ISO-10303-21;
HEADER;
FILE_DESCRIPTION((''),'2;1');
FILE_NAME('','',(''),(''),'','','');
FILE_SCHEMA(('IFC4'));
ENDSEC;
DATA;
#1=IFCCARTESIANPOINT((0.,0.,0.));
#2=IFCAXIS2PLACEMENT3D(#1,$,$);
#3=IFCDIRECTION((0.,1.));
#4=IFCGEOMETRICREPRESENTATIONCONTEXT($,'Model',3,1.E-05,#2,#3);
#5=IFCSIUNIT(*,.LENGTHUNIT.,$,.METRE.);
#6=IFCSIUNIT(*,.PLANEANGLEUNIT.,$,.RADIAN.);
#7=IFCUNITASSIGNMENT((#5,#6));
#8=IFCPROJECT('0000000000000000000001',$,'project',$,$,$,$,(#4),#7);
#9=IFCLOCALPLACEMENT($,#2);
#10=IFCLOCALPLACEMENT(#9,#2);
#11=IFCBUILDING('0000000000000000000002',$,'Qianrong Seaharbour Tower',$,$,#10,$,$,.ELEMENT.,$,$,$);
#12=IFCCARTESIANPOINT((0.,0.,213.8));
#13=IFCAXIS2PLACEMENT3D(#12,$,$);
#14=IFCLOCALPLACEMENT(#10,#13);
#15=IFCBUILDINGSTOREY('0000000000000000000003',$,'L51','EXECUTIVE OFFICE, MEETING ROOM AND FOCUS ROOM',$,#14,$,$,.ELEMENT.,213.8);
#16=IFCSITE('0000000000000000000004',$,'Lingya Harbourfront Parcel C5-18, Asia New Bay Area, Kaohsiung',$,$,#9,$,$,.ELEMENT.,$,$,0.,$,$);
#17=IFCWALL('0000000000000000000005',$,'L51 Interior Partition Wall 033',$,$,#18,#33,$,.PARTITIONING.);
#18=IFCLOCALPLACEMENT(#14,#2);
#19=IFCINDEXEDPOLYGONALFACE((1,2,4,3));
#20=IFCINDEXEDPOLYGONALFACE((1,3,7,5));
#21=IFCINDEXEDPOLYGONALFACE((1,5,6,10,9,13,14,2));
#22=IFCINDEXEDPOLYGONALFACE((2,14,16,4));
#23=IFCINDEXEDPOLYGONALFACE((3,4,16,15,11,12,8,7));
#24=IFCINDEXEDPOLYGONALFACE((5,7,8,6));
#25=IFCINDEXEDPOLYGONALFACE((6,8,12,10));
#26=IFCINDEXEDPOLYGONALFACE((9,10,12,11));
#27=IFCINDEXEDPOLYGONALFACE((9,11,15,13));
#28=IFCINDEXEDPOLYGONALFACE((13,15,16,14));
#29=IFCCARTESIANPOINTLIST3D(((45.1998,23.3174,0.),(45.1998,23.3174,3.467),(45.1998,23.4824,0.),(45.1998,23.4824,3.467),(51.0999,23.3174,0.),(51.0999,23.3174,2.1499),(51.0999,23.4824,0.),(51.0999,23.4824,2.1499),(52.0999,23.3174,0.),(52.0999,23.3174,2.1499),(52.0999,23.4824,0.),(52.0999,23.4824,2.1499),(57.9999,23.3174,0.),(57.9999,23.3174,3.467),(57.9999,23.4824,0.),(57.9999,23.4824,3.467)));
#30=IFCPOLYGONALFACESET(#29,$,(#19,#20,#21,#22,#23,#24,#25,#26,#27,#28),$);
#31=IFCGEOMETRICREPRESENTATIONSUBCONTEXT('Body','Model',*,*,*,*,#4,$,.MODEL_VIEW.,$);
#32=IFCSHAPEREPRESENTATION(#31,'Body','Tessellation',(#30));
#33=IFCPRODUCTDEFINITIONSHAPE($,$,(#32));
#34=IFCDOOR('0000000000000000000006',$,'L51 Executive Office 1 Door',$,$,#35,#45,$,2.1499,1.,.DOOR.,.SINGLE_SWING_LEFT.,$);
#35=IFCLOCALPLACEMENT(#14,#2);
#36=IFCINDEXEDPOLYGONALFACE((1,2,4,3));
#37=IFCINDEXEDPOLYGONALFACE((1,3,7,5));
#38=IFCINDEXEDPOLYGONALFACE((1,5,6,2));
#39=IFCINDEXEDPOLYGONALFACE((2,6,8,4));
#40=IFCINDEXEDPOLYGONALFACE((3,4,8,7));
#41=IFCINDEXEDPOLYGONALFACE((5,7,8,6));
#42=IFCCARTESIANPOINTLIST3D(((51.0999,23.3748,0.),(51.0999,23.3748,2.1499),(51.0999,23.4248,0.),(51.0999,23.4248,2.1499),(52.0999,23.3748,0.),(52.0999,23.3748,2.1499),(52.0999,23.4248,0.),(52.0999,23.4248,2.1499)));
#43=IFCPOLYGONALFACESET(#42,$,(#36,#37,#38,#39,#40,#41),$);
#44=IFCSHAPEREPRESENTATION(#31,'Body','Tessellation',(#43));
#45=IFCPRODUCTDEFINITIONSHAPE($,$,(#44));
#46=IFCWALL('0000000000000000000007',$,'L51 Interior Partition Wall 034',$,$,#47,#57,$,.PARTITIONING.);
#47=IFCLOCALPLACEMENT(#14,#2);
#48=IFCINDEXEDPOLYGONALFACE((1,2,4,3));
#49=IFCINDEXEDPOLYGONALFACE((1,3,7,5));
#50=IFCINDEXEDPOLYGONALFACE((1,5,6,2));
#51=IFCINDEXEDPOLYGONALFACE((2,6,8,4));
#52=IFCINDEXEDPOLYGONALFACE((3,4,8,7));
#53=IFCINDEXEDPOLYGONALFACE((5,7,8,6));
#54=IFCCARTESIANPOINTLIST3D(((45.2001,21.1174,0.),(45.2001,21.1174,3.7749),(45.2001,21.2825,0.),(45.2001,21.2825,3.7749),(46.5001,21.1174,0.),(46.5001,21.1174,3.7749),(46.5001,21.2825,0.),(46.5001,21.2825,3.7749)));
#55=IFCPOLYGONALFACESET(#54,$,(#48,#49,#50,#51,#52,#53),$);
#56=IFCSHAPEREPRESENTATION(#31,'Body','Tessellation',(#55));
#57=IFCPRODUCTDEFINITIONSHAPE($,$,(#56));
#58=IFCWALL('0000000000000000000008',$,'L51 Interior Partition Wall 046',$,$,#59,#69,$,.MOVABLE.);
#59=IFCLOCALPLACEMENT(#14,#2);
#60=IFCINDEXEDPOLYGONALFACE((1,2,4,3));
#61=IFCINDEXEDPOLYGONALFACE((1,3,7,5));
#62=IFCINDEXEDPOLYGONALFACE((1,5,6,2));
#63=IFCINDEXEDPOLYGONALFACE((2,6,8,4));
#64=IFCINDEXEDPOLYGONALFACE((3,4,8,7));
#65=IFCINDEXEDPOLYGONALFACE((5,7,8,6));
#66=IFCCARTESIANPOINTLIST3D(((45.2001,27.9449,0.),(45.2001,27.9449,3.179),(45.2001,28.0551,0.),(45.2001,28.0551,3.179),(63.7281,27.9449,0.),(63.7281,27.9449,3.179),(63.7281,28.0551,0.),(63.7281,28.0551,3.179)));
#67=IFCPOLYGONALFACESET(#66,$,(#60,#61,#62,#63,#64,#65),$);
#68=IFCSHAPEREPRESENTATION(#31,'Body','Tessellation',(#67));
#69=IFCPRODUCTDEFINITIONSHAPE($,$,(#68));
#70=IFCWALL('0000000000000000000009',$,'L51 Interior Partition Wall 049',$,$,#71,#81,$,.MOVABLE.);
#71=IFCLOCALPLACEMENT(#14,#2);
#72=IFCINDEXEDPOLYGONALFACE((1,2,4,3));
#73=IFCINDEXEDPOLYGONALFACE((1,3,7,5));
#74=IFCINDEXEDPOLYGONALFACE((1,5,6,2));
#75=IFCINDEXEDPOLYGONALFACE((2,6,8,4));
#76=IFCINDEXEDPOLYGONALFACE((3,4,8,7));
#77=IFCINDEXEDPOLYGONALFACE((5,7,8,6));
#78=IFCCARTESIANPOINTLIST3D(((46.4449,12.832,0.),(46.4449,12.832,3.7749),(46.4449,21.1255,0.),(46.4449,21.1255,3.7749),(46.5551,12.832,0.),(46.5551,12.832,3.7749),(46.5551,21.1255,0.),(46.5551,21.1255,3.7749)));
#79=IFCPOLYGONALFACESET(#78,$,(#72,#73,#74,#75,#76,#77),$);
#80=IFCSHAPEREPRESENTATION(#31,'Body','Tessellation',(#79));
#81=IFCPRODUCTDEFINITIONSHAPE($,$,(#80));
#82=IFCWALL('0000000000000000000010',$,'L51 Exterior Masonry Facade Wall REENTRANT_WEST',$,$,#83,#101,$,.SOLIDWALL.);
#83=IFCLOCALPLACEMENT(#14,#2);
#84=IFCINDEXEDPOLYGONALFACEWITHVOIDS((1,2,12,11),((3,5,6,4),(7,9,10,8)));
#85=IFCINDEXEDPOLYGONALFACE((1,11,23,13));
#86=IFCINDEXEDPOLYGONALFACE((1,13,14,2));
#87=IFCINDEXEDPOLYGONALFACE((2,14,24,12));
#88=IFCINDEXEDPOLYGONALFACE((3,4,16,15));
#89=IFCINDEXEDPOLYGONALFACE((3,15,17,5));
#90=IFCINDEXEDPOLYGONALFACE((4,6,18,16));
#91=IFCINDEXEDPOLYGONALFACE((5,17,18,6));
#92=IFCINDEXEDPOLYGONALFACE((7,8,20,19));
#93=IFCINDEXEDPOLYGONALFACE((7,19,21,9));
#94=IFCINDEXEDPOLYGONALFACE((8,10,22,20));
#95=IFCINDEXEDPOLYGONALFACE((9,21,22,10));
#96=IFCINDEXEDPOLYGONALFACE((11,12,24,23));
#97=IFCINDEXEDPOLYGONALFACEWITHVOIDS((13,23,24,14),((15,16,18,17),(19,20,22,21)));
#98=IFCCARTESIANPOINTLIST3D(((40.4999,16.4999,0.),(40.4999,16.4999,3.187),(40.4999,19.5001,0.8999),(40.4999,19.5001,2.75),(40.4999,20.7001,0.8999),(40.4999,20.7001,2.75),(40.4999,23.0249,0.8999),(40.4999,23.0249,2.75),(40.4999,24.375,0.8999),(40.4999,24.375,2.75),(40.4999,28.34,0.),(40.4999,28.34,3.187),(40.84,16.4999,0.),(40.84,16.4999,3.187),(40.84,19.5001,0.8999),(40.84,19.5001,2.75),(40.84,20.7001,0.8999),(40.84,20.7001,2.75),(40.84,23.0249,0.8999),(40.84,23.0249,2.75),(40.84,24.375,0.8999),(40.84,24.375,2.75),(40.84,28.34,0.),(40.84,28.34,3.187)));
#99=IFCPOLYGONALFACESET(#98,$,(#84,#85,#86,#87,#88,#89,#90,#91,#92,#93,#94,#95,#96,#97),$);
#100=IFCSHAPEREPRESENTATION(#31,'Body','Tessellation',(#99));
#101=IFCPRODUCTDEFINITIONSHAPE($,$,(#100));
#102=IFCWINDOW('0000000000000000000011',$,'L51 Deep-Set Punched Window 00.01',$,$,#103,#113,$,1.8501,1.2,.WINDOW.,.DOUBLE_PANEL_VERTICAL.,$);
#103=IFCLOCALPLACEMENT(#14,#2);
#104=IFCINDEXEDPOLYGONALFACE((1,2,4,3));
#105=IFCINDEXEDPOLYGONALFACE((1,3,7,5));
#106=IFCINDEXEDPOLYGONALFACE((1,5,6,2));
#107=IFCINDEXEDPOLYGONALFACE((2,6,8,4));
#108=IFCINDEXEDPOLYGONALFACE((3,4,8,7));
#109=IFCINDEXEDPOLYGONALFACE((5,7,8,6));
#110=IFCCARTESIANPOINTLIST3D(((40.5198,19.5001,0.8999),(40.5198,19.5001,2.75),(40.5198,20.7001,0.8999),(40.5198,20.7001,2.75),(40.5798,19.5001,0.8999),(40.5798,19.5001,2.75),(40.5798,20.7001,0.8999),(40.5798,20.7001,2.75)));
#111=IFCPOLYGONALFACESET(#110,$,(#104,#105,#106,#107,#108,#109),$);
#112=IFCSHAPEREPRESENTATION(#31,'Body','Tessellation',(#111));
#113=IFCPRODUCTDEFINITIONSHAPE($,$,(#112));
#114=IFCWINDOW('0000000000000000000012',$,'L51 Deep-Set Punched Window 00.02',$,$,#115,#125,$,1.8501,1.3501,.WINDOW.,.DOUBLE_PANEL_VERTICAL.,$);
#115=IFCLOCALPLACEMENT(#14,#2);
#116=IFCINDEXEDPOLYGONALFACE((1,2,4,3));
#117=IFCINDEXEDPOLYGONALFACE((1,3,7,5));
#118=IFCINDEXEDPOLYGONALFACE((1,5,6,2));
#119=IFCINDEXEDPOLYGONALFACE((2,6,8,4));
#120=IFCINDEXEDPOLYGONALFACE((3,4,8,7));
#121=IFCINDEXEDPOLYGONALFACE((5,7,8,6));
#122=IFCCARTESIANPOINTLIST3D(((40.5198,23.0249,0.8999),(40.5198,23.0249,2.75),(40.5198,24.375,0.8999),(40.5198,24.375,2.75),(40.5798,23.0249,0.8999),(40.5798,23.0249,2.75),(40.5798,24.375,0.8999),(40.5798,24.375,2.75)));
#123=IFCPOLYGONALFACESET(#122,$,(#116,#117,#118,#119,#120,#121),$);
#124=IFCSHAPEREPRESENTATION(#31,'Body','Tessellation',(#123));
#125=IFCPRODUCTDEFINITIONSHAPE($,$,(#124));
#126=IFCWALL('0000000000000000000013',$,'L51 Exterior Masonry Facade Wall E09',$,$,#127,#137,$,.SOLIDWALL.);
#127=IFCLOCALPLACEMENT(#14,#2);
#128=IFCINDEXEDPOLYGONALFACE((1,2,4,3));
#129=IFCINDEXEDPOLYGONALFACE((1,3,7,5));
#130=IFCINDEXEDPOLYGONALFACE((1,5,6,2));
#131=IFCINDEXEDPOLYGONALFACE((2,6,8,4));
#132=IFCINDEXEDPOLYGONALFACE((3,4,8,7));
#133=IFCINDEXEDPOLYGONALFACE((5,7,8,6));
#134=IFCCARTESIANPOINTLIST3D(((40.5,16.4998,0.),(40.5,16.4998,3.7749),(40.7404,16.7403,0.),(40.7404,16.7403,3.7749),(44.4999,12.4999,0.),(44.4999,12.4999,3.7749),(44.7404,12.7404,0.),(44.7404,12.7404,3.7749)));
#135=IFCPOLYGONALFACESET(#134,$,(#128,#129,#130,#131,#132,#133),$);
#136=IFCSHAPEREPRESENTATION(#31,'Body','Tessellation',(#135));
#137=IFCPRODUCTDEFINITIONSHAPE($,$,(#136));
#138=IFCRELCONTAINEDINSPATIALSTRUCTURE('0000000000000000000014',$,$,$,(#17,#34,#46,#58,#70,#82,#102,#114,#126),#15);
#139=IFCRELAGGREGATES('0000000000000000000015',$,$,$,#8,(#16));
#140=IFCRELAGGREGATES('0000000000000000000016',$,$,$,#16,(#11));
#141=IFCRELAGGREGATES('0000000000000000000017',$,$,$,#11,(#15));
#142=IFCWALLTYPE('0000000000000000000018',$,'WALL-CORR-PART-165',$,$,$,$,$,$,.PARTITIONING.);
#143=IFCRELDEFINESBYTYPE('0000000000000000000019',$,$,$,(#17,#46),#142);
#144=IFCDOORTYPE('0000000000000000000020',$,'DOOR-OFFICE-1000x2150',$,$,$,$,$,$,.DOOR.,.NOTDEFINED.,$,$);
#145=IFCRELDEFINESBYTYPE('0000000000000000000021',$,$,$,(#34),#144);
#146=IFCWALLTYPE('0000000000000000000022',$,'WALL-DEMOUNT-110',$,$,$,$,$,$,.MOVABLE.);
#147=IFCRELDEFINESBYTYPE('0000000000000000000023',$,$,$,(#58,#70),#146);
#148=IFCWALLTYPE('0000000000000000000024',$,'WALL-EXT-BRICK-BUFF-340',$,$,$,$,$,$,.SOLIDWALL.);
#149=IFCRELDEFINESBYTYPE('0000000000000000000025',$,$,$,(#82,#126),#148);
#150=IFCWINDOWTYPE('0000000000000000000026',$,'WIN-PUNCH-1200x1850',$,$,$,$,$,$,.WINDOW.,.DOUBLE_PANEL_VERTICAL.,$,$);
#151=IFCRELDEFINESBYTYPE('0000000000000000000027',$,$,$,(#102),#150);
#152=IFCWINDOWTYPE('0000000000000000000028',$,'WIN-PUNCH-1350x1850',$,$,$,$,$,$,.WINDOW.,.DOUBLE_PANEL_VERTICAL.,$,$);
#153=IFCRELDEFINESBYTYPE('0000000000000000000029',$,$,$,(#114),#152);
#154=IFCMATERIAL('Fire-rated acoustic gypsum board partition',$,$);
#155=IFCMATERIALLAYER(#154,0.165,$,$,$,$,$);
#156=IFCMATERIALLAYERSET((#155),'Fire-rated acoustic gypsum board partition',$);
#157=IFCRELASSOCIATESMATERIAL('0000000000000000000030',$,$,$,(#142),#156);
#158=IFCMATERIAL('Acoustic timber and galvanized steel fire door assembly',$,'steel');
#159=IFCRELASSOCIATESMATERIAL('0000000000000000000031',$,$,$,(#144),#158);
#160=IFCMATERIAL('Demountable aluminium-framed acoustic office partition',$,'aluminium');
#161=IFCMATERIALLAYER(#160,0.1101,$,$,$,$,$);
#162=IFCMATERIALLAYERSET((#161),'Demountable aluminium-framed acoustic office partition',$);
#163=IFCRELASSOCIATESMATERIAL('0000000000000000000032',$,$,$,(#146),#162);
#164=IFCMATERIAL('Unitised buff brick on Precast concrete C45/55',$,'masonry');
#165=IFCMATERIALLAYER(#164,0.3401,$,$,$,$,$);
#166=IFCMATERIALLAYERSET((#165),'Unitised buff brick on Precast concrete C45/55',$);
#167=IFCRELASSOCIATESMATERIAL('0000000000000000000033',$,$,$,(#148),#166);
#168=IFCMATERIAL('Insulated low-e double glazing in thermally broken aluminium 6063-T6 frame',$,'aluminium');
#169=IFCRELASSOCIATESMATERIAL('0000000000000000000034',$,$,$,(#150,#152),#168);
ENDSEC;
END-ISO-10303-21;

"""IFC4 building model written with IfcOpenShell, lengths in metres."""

from ifc_helpers import new_model, si_unit, direction, frame, frame_2d, origin, place, context, subcontext, project, spatial, rectangle, extrude, material, layer, layer_set, type_object, element, fill, save


model = new_model("IFC4")

# Units and contexts
model_context = context("Model", 3, precision=1e-05, world=origin(), true_north=direction((0.0, 1.0)))
body_context = subcontext(model_context, "Body", "Model", "MODEL_VIEW")
ifc_project = project(units=[si_unit("LENGTHUNIT", "METRE"), si_unit("PLANEANGLEUNIT", "RADIAN")], contexts=[model_context])

# Site, building, storey
site_placement = place(None, origin())
site = spatial("IfcSite", under=ifc_project, at=site_placement, Name="Lingya Harbourfront Parcel C5-18, Asia New Bay Area, Kaohsiung", CompositionType="ELEMENT", RefElevation=0.0)
building_placement = place(site_placement, origin())
building = spatial("IfcBuilding", under=site, at=building_placement, Name="Qianrong Seaharbour Tower", CompositionType="ELEMENT")
storey_placement = place(building_placement, frame((0.0, 0.0, 213.8)))
storey = spatial("IfcBuildingStorey", under=building, at=storey_placement, Name="L51", Description="EXECUTIVE OFFICE, MEETING ROOM AND FOCUS ROOM", CompositionType="ELEMENT", Elevation=213.8)

# Shared definitions
ifc_material_1 = material(Name="Fire-rated acoustic gypsum board partition")
ifc_layer_1 = layer(ifc_material_1, 0.165)
ifc_layer_set_1 = layer_set([ifc_layer_1], Name="Fire-rated acoustic gypsum board partition")
wall_type_1 = type_object("IfcWallType", Name="WALL-CORR-PART-165", PredefinedType="PARTITIONING", material=ifc_layer_set_1)

# Wall, opening, door
ifc_material_2 = material(Name="Acoustic timber and galvanized steel fire door assembly", Category="steel")
door_type = type_object("IfcDoorType", Name="DOOR-OFFICE-1000x2150", OperationType="NOTDEFINED", PredefinedType="DOOR", material=ifc_material_2)
wall_1_placement = place(storey_placement, frame((45.2, 23.3999, 0.0), z_axis=(0.0, 0.0, 1.0), x_axis=(1.0, 0.0, 0.0)))
wall_1 = element("IfcWall", 1, at=wall_1_placement, inside=storey, type_object=wall_type_1, Name="L51 Interior Partition Wall 033", PredefinedType="PARTITIONING", context=body_context, shape_type="SweptSolid", body=[
    extrude(rectangle(XDim=12.8, YDim=0.165, at=frame_2d((6.3999, 0.0))), origin(), (0.0, 0.0, 1.0), 3.467),
])
opening_1_placement = place(wall_1_placement, frame((5.8999, 0.0, 0.0)))
opening_1 = element("IfcOpeningElement", 2, at=opening_1_placement, cuts=wall_1, PredefinedType="OPENING", context=body_context, shape_type="SweptSolid", body=[
    extrude(rectangle(XDim=1.0, YDim=2.1499, at=frame_2d((0.5, 1.075))), frame((0.0, 0.0925, 0.0), z_axis=(0.0, -1.0, 0.0), x_axis=(1.0, 0.0, 0.0)), (0.0, 0.0, 1.0), 0.1851),
])
door_1_placement = place(opening_1_placement, origin())
door_1 = element("IfcDoor", 3, at=door_1_placement, inside=storey, type_object=door_type, Name="L51 Executive Office 1 Door", OperationType="SINGLE_SWING_LEFT", OverallHeight=2.1499, OverallWidth=1.0, PredefinedType="DOOR", context=body_context, shape_type="SweptSolid", body=[
    extrude(rectangle(XDim=1.0, YDim=2.1499, at=frame_2d((0.5, 1.075))), frame((0.0, 0.0249, 0.0), z_axis=(0.0, -1.0, 0.0), x_axis=(1.0, 0.0, 0.0)), (0.0, 0.0, 1.0), 0.05),
])
fill(opening_1, door_1)

# Walls
wall_2_placement = place(storey_placement, frame((46.5, 21.2, 0.0), z_axis=(0.0, 0.0, 1.0), x_axis=(-1.0, 0.0, 0.0)))
element("IfcWall", 4, at=wall_2_placement, inside=storey, type_object=wall_type_1, Name="L51 Interior Partition Wall 034", PredefinedType="PARTITIONING", context=body_context, shape_type="SweptSolid", body=[
    extrude(rectangle(XDim=1.3, YDim=0.165, at=frame_2d((0.6499, 0.0))), origin(), (0.0, 0.0, 1.0), 3.7749),
])
ifc_material_3 = material(Name="Demountable aluminium-framed acoustic office partition", Category="aluminium")
ifc_layer_2 = layer(ifc_material_3, 0.1101)
ifc_layer_set_2 = layer_set([ifc_layer_2], Name="Demountable aluminium-framed acoustic office partition")
wall_type_2 = type_object("IfcWallType", Name="WALL-DEMOUNT-110", PredefinedType="MOVABLE", material=ifc_layer_set_2)
wall_3_placement = place(storey_placement, frame((45.2, 28.0, 0.0), z_axis=(0.0, 0.0, 1.0), x_axis=(1.0, 0.0, 0.0)))
element("IfcWall", 5, at=wall_3_placement, inside=storey, type_object=wall_type_2, Name="L51 Interior Partition Wall 046", PredefinedType="MOVABLE", context=body_context, shape_type="SweptSolid", body=[
    extrude(rectangle(XDim=18.5281, YDim=0.1101, at=frame_2d((9.2642, 0.0))), origin(), (0.0, 0.0, 1.0), 3.179),
])
wall_4_placement = place(storey_placement, frame((46.5, 21.1255, 0.0), z_axis=(0.0, 0.0, 1.0), x_axis=(0.0, -1.0, 0.0)))
element("IfcWall", 6, at=wall_4_placement, inside=storey, type_object=wall_type_2, Name="L51 Interior Partition Wall 049", PredefinedType="MOVABLE", context=body_context, shape_type="SweptSolid", body=[
    extrude(rectangle(XDim=8.2935, YDim=0.1101, at=frame_2d((4.1467, 0.0))), origin(), (0.0, 0.0, 1.0), 3.7749),
])

# Wall, openings, windows
ifc_material_4 = material(Name="Unitised buff brick on Precast concrete C45/55", Category="masonry")
ifc_layer_3 = layer(ifc_material_4, 0.3401)
ifc_layer_set_3 = layer_set([ifc_layer_3], Name="Unitised buff brick on Precast concrete C45/55")
wall_type_3 = type_object("IfcWallType", Name="WALL-EXT-BRICK-BUFF-340", PredefinedType="SOLIDWALL", material=ifc_layer_set_3)
wall_5_placement = place(storey_placement, frame((40.6699, 16.5, 0.0), z_axis=(0.0, 0.0, 1.0), x_axis=(0.0, 1.0, 0.0)))
wall_5 = element("IfcWall", 7, at=wall_5_placement, inside=storey, type_object=wall_type_3, Name="L51 Exterior Masonry Facade Wall REENTRANT_WEST", PredefinedType="SOLIDWALL", context=body_context, shape_type="SweptSolid", body=[
    extrude(rectangle(XDim=11.8401, YDim=0.3401, at=frame_2d((5.9199, 0.0))), origin(), (0.0, 0.0, 1.0), 3.187),
])
opening_2_placement = place(wall_5_placement, frame((3.0, 0.0, 0.8999)))
opening_2 = element("IfcOpeningElement", 8, at=opening_2_placement, cuts=wall_5, PredefinedType="OPENING", context=body_context, shape_type="SweptSolid", body=[
    extrude(rectangle(XDim=1.2, YDim=1.8501, at=frame_2d((0.6001, 0.925))), frame((0.0, 0.1802, 0.0), z_axis=(0.0, -1.0, 0.0), x_axis=(1.0, 0.0, 0.0)), (0.0, 0.0, 1.0), 0.3601),
])
opening_3_placement = place(wall_5_placement, frame((6.5249, 0.0, 0.8999)))
opening_3 = element("IfcOpeningElement", 9, at=opening_3_placement, cuts=wall_5, PredefinedType="OPENING", context=body_context, shape_type="SweptSolid", body=[
    extrude(rectangle(XDim=1.3501, YDim=1.8501, at=frame_2d((0.675, 0.925))), frame((0.0, 0.1802, 0.0), z_axis=(0.0, -1.0, 0.0), x_axis=(1.0, 0.0, 0.0)), (0.0, 0.0, 1.0), 0.3601),
])
ifc_material_5 = material(Name="Insulated low-e double glazing in thermally broken aluminium 6063-T6 frame", Category="aluminium")
window_type_1 = type_object("IfcWindowType", Name="WIN-PUNCH-1200x1850", PartitioningType="DOUBLE_PANEL_VERTICAL", PredefinedType="WINDOW", material=ifc_material_5)
window_1_placement = place(opening_2_placement, origin())
window_1 = element("IfcWindow", 10, at=window_1_placement, inside=storey, type_object=window_type_1, Name="L51 Deep-Set Punched Window 00.01", OverallHeight=1.8501, OverallWidth=1.2, PartitioningType="DOUBLE_PANEL_VERTICAL", PredefinedType="WINDOW", context=body_context, shape_type="SweptSolid", body=[
    extrude(rectangle(XDim=1.2, YDim=1.8501, at=frame_2d((0.6001, 0.925))), frame((0.0, 0.1501, 0.0), z_axis=(0.0, -1.0, 0.0), x_axis=(1.0, 0.0, 0.0)), (0.0, 0.0, 1.0), 0.0601),
])
fill(opening_2, window_1)
window_type_2 = type_object("IfcWindowType", Name="WIN-PUNCH-1350x1850", PartitioningType="DOUBLE_PANEL_VERTICAL", PredefinedType="WINDOW", material=ifc_material_5)
window_2_placement = place(opening_3_placement, origin())
window_2 = element("IfcWindow", 11, at=window_2_placement, inside=storey, type_object=window_type_2, Name="L51 Deep-Set Punched Window 00.02", OverallHeight=1.8501, OverallWidth=1.3501, PartitioningType="DOUBLE_PANEL_VERTICAL", PredefinedType="WINDOW", context=body_context, shape_type="SweptSolid", body=[
    extrude(rectangle(XDim=1.3501, YDim=1.8501, at=frame_2d((0.675, 0.925))), frame((0.0, 0.1501, 0.0), z_axis=(0.0, -1.0, 0.0), x_axis=(1.0, 0.0, 0.0)), (0.0, 0.0, 1.0), 0.0601),
])
fill(opening_3, window_2)

# Wall
wall_6_placement = place(storey_placement, frame((44.6201, 12.6201, 0.0), z_axis=(0.0, 0.0, 1.0), x_axis=(-0.707107, 0.707107, 0.0)))
element("IfcWall", 12, at=wall_6_placement, inside=storey, type_object=wall_type_3, Name="L51 Exterior Masonry Facade Wall E09", PredefinedType="SOLIDWALL", context=body_context, shape_type="SweptSolid", body=[
    extrude(rectangle(XDim=5.6567, YDim=0.3401, at=frame_2d((2.8284, 0.0))), origin(), (0.0, 0.0, 1.0), 3.7749),
])

save(model, "model.ifc")
